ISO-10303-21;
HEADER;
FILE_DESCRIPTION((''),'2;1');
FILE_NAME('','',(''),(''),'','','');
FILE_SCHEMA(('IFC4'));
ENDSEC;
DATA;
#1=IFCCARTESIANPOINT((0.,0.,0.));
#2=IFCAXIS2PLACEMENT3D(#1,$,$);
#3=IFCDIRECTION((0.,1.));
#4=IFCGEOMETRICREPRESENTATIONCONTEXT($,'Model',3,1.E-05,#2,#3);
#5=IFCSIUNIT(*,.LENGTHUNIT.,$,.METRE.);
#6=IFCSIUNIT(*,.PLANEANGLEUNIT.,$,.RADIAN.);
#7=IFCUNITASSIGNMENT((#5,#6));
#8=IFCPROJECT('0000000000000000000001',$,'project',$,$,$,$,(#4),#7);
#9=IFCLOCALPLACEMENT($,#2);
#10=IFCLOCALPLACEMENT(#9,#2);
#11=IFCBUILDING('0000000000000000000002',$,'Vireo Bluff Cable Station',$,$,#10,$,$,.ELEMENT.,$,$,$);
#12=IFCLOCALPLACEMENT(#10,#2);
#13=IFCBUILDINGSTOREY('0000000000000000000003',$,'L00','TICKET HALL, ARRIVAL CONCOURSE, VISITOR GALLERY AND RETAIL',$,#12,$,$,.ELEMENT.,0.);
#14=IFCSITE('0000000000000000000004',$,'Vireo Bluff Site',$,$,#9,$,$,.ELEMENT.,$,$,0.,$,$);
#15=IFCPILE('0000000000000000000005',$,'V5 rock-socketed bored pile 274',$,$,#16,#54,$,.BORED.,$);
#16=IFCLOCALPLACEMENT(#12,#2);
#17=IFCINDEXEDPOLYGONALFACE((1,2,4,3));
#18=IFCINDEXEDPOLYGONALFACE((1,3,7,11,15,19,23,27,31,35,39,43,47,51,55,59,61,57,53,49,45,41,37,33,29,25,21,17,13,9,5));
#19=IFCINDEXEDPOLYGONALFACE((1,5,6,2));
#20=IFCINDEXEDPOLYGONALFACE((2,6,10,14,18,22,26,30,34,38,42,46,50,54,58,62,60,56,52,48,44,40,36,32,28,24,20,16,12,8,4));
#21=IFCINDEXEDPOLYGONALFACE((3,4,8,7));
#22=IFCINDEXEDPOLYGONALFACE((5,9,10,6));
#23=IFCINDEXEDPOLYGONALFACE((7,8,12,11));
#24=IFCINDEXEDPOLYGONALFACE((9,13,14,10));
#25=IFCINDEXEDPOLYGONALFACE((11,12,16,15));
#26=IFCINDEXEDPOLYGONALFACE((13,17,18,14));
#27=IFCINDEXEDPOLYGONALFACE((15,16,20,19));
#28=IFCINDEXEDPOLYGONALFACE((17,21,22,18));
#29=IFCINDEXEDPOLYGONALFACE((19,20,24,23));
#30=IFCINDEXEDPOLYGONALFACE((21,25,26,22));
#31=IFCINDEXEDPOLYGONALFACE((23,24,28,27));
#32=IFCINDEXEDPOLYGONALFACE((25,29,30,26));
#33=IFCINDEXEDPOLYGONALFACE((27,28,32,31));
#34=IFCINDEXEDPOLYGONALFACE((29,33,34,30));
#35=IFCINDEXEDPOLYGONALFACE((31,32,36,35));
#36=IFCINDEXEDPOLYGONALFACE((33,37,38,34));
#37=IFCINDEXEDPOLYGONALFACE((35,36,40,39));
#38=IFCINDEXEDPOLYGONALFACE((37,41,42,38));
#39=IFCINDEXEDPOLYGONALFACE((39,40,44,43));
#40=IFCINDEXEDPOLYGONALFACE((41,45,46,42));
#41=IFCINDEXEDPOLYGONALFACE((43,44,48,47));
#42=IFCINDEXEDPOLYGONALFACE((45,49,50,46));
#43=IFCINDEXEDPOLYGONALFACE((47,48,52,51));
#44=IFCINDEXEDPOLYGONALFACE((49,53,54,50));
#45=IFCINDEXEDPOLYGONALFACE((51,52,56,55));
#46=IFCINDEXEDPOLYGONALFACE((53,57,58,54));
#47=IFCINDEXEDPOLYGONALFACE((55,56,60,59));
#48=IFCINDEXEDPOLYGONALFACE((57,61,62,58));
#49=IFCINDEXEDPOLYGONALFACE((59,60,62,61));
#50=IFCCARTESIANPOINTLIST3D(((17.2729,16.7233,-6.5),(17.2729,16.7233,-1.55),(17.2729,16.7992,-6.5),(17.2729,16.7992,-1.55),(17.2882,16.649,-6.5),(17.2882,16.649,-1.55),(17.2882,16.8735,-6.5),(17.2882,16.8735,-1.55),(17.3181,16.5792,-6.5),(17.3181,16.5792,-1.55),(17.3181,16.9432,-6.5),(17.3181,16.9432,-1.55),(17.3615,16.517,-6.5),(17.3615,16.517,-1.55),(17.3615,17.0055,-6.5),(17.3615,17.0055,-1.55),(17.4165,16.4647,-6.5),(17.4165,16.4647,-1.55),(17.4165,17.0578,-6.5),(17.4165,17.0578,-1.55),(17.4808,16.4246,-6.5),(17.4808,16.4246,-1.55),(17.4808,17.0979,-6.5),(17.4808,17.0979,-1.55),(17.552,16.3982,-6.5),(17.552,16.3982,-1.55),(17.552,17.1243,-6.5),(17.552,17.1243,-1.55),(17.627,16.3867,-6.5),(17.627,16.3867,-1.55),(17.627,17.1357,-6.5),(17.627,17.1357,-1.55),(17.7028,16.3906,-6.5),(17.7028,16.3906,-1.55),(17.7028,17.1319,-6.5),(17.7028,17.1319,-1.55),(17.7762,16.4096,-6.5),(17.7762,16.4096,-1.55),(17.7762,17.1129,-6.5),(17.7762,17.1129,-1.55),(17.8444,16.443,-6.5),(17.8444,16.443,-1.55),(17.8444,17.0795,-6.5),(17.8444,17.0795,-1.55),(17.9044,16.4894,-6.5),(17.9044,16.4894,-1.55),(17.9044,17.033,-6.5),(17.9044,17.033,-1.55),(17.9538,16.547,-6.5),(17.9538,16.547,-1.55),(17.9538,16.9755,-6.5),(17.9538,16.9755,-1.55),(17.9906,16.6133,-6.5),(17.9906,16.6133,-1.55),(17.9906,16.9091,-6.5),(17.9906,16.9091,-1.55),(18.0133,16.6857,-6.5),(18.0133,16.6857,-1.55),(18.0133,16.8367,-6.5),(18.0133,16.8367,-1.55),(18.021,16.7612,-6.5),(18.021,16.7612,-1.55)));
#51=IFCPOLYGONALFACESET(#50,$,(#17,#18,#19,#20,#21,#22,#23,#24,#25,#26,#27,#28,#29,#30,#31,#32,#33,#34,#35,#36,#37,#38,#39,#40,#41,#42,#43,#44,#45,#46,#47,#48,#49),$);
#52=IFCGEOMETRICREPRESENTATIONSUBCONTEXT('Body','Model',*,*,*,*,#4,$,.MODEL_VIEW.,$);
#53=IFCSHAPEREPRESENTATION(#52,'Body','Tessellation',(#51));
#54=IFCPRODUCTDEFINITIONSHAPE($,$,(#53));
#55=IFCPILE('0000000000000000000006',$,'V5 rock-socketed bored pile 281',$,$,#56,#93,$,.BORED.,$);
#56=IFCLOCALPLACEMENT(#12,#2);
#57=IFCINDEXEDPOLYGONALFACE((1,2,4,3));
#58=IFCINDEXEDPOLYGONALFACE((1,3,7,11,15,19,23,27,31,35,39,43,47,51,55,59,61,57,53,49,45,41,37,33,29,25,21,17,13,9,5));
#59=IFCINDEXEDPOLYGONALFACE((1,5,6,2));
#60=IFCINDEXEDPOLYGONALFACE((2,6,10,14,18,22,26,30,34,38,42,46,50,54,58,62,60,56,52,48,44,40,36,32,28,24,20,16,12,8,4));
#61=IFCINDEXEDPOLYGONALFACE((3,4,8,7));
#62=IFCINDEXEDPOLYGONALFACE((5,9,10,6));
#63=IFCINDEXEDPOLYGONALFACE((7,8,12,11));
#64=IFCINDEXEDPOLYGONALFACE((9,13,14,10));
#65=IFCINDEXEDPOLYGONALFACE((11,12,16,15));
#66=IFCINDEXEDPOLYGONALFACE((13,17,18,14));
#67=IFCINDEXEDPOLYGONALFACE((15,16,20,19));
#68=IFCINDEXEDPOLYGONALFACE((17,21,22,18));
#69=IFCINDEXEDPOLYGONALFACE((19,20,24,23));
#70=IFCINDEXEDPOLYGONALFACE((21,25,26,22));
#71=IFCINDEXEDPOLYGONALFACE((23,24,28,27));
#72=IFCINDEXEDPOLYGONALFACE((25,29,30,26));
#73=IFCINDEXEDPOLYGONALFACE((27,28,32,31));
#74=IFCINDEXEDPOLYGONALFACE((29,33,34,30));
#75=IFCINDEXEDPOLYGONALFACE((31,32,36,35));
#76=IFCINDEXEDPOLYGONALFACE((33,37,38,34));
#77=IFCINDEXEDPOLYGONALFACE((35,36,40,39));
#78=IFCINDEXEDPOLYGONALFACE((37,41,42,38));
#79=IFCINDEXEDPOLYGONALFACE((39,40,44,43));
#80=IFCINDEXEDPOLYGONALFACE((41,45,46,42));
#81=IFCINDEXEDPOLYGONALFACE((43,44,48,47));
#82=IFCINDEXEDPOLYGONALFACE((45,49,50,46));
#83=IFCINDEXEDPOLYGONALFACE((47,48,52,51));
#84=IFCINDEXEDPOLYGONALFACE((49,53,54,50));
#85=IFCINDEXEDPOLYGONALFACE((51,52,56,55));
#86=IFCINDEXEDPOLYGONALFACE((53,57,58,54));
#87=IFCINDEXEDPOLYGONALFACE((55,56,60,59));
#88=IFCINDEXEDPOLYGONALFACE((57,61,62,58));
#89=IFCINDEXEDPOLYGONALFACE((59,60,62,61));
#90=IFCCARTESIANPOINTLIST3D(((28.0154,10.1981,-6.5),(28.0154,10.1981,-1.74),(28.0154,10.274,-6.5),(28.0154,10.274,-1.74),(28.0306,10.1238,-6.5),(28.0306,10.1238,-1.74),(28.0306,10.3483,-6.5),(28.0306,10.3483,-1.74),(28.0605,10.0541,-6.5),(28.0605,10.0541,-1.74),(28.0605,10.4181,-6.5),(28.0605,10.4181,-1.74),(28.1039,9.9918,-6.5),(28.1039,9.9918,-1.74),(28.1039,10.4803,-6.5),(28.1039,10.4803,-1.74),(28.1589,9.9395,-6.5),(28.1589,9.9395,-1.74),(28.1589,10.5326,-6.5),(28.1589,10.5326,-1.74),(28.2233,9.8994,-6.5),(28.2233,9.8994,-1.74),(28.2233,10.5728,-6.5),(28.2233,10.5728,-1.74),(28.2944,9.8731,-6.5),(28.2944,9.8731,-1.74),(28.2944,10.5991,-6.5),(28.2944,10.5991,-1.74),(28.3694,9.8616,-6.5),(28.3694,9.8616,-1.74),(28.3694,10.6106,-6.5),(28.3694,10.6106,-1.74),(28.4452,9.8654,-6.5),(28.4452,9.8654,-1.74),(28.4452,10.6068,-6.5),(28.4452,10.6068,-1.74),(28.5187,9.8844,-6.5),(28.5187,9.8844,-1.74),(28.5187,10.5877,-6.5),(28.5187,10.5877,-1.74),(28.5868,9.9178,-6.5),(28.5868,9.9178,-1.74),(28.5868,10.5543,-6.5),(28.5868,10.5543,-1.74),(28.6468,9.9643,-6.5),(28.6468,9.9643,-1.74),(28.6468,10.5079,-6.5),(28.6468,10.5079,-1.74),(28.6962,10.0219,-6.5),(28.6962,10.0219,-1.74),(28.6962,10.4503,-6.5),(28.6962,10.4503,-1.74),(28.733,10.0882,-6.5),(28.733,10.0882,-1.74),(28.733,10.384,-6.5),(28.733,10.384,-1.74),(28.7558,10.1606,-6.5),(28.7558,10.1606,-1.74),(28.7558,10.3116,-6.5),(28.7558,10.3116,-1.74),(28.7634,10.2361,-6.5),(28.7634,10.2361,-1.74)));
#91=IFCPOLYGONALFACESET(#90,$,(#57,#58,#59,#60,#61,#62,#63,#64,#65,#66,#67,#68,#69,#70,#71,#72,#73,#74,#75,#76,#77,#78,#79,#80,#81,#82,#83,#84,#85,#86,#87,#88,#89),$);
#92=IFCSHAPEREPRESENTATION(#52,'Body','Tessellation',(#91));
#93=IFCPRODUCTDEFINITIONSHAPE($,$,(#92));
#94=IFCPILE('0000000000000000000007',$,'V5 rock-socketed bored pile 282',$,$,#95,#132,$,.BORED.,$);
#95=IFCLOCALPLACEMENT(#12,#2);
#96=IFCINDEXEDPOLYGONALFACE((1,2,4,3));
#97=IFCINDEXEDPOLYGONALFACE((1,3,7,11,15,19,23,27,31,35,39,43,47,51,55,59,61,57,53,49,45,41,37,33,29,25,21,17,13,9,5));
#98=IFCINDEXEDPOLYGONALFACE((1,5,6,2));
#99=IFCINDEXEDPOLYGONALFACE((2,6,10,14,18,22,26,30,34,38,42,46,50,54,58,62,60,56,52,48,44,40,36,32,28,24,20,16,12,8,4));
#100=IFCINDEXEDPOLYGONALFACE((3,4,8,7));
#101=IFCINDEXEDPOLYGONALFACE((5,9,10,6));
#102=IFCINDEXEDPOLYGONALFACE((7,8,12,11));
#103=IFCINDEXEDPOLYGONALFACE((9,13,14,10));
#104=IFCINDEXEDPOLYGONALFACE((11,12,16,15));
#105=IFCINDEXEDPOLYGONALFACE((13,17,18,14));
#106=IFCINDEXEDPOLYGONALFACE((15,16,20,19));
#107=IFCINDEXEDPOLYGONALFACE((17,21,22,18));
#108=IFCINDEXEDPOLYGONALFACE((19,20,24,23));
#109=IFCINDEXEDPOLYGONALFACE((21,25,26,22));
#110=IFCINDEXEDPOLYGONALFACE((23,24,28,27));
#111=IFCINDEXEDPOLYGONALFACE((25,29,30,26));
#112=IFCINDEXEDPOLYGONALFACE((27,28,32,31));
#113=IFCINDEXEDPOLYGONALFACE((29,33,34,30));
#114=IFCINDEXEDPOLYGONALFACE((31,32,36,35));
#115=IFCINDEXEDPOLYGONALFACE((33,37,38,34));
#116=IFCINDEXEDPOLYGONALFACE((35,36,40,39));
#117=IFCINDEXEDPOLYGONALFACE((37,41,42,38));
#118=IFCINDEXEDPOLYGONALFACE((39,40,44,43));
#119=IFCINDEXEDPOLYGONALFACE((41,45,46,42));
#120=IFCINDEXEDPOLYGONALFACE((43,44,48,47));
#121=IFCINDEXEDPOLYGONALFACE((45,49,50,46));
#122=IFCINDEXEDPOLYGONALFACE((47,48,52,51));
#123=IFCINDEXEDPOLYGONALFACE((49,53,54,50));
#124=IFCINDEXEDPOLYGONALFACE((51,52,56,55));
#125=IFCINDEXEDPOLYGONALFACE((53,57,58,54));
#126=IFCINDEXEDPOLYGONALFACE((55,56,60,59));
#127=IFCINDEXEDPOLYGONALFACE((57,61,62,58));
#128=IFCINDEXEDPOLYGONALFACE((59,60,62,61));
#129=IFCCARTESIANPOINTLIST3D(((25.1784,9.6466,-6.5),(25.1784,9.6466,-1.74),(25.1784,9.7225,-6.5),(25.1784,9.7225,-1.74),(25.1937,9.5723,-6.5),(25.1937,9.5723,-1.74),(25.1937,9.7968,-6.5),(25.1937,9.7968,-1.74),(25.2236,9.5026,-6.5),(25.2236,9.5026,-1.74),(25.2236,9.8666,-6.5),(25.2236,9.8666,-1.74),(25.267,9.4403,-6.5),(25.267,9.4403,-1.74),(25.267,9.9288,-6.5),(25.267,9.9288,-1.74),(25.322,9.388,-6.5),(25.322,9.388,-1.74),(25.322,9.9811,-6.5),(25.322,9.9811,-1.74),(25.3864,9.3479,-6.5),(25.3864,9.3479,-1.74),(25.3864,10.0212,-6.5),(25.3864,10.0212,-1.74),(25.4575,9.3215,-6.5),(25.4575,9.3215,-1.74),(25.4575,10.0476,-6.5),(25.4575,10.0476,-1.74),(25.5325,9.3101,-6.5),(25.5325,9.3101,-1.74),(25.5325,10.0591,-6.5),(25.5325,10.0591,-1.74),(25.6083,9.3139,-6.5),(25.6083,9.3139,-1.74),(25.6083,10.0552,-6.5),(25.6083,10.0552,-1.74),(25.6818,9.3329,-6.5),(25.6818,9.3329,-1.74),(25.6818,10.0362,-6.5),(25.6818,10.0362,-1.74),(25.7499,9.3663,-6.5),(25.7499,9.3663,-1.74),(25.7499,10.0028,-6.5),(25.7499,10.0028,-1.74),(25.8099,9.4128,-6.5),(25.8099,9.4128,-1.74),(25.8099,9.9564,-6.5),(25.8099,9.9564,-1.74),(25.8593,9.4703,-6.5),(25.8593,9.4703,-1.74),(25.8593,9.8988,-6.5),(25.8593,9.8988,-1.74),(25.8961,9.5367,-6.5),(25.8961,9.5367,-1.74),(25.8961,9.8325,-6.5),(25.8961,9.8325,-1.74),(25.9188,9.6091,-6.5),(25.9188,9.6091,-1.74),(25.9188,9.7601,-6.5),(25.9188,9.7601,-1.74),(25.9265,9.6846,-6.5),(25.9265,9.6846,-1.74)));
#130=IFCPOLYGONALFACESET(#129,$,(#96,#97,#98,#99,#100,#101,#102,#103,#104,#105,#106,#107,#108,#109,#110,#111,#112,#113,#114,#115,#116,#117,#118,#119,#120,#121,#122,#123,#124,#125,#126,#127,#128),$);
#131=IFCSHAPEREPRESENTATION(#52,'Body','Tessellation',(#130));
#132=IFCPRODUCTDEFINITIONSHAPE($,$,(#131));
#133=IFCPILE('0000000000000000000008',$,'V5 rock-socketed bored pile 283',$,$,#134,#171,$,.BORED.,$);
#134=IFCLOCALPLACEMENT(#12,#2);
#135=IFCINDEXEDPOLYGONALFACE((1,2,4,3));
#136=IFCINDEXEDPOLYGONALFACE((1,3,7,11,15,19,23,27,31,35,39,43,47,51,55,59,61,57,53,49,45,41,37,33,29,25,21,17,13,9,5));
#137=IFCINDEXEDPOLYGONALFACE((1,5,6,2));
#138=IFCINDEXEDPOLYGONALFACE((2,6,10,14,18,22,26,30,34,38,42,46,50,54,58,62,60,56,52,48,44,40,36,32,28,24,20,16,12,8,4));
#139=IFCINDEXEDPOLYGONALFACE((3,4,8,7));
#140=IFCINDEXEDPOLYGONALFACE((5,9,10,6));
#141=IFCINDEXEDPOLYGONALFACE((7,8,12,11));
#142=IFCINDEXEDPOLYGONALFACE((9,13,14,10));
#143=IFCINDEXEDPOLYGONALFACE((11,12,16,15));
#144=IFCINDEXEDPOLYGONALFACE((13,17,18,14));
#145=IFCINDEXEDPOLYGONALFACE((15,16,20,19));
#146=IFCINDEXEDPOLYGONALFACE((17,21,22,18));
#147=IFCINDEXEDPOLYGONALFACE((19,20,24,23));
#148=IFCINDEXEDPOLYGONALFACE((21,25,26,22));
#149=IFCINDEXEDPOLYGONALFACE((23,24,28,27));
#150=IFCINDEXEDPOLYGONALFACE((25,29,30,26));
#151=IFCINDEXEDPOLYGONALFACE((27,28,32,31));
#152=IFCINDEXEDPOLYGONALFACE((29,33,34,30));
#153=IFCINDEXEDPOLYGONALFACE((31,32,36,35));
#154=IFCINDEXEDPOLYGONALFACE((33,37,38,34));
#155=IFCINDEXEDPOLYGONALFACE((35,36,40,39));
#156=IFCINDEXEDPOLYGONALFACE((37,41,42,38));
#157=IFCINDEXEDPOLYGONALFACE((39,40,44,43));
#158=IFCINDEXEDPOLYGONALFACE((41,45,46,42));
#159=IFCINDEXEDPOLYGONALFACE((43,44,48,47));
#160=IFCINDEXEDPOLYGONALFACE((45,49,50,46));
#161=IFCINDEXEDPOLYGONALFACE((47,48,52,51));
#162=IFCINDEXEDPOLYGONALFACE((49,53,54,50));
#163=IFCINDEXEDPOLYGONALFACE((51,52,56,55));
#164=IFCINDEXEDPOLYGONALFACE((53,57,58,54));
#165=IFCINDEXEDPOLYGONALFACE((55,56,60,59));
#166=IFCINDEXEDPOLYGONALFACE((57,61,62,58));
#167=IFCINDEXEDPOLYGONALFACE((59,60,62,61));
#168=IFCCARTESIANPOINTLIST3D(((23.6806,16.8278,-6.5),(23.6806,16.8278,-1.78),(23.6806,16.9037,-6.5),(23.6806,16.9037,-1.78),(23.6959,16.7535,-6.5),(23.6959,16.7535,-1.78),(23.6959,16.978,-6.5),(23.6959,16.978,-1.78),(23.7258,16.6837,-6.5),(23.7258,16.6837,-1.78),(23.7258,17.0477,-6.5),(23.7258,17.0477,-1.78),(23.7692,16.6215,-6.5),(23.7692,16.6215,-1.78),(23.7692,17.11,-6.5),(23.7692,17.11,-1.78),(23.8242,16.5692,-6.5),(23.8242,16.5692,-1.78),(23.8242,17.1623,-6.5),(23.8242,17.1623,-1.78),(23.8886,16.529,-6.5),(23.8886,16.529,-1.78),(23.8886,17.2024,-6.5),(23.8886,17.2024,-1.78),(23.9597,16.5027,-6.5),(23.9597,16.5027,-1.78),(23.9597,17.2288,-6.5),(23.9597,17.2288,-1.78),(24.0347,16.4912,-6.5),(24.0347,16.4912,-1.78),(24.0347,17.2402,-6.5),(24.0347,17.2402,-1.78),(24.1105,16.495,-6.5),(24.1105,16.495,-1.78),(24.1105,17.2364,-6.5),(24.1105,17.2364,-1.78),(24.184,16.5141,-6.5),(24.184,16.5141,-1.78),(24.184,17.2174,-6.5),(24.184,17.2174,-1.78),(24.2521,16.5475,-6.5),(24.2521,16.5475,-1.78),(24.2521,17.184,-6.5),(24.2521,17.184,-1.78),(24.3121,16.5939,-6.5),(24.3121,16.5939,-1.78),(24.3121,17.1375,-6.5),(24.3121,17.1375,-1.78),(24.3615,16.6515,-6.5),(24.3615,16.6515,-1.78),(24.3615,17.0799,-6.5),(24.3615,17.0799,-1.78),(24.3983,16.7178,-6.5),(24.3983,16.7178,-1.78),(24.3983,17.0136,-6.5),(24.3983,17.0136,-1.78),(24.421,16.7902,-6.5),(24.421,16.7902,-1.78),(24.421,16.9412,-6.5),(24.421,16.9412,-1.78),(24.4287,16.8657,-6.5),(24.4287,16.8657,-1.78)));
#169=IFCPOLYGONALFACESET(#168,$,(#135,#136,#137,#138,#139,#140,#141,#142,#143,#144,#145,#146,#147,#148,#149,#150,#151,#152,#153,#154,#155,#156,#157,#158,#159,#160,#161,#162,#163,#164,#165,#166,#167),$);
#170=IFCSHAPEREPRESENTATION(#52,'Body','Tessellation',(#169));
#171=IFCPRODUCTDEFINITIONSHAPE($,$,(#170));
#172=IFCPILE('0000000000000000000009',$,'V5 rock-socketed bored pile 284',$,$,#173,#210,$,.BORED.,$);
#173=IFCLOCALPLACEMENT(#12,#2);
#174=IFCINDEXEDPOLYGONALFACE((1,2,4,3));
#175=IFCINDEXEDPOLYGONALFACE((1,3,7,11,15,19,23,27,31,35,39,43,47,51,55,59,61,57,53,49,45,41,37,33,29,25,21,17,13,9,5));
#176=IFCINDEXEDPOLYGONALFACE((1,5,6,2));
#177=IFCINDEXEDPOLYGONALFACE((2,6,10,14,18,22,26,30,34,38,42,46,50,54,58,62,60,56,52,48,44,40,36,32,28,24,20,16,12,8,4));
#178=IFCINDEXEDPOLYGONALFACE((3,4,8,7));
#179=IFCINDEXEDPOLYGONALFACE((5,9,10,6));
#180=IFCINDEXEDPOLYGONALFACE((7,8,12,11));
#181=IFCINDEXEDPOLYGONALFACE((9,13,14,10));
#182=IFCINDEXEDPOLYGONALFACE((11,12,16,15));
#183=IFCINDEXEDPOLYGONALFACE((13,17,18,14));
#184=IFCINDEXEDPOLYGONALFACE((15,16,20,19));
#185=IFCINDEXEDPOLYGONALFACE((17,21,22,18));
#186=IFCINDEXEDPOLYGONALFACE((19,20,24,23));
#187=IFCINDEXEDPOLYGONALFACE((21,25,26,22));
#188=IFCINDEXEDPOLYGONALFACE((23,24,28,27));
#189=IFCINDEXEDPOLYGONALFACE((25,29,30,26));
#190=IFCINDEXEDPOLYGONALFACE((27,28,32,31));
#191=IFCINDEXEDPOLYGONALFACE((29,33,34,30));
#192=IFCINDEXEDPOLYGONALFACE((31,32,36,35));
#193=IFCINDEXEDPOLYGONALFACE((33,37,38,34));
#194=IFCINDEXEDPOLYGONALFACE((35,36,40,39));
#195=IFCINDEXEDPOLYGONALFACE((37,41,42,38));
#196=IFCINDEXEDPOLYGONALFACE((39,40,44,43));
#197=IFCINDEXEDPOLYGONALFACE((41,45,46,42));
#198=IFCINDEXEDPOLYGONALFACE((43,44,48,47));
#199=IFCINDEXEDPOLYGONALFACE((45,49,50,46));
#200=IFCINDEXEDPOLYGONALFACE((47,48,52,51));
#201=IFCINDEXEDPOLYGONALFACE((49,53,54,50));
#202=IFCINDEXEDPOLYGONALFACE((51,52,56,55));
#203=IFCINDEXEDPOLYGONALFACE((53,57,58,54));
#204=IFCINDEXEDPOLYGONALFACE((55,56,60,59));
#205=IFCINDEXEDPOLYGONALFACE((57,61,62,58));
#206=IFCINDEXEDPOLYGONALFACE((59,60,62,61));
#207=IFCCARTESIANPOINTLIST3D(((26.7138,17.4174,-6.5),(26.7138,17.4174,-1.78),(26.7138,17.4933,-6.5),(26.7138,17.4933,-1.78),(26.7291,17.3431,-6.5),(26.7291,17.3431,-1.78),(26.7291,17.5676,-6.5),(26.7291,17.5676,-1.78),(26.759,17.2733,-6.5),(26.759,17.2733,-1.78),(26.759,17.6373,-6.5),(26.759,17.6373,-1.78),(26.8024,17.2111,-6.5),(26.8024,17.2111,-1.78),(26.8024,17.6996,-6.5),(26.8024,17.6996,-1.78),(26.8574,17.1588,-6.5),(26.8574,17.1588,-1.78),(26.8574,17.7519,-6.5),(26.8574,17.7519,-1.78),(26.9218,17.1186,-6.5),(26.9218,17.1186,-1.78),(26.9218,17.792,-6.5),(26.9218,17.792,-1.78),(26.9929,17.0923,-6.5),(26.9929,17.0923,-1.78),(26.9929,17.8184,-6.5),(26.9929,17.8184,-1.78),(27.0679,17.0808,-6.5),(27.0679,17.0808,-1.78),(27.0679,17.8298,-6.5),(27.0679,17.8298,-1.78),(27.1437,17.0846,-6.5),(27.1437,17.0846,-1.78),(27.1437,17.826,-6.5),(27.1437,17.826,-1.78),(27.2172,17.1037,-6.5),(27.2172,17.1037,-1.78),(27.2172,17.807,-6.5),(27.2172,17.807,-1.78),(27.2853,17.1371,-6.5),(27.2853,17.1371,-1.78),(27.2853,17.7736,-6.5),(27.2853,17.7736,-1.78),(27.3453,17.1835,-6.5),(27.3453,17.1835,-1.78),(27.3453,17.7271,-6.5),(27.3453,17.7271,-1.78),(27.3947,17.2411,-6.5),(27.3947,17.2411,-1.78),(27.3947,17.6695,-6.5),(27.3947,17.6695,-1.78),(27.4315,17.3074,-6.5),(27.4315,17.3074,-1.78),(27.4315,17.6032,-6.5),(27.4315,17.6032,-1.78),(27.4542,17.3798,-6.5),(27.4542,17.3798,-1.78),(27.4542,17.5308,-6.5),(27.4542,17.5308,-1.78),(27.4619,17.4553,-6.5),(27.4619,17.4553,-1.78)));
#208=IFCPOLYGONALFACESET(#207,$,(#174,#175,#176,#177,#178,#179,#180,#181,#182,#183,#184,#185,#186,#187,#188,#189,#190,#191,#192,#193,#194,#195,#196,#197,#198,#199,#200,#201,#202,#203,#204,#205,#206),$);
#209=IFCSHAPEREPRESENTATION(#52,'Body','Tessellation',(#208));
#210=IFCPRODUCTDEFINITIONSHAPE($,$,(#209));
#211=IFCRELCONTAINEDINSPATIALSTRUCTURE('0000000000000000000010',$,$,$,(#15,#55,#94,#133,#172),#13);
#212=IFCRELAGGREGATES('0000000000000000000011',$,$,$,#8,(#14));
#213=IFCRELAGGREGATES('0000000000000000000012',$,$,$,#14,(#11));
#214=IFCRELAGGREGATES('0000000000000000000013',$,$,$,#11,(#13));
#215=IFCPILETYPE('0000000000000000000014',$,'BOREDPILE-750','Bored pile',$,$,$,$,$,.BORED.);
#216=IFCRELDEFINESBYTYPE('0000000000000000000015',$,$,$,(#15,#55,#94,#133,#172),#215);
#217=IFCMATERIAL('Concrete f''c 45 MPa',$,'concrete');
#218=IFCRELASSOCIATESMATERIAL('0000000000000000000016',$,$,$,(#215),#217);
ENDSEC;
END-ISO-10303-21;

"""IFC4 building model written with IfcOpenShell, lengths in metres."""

from ifc_helpers import new_model, si_unit, direction, frame, origin, origin_2d, place, context, subcontext, project, spatial, circle, extrude, material, material_profile, profile_set, type_object, element, save


model = new_model("IFC4")

# Units and contexts
model_context = context("Model", 3, precision=1e-05, world=origin(), true_north=direction((0.0, 1.0)))
body_context = subcontext(model_context, "Body", "Model", "MODEL_VIEW")
ifc_project = project(units=[si_unit("LENGTHUNIT", "METRE"), si_unit("PLANEANGLEUNIT", "RADIAN")], contexts=[model_context])

# Site, building, storey
site_placement = place(None, origin())
site = spatial("IfcSite", under=ifc_project, at=site_placement, Name="Vireo Bluff Site", CompositionType="ELEMENT", RefElevation=0.0)
building_placement = place(site_placement, origin())
building = spatial("IfcBuilding", under=site, at=building_placement, Name="Vireo Bluff Cable Station", CompositionType="ELEMENT")
storey_placement = place(building_placement, origin())
storey = spatial("IfcBuildingStorey", under=building, at=storey_placement, Name="L00", Description="TICKET HALL, ARRIVAL CONCOURSE, VISITOR GALLERY AND RETAIL", CompositionType="ELEMENT", Elevation=0.0)

# Piles
ifc_material_1 = material(Name="Concrete f'c 45 MPa", Category="concrete")
ifc_material_profile_1 = material_profile(ifc_material_1, circle(Radius=0.375, at=origin_2d()), Name="BOREDPILE-750")
ifc_profile_set_1 = profile_set([ifc_material_profile_1], Name="Concrete f'c 45 MPa")
pile_type = type_object("IfcPileType", Name="BOREDPILE-750", Description="Bored pile", PredefinedType="BORED", material=ifc_profile_set_1)
pile_placement = place(storey_placement, frame((17.646, 16.7612, -1.55), z_axis=(0.0, 0.0, -1.0), x_axis=(1.0, 0.0, 0.0)))
element("IfcPile", 1, at=pile_placement, inside=storey, type_object=pile_type, Name="V5 rock-socketed bored pile 274", PredefinedType="BORED", context=body_context, shape_type="SweptSolid", body=[
    extrude(circle(Radius=0.375, at=origin_2d()), origin(), (0.0, 0.0, 1.0), 4.95),
])
for number, where, z_axis, x_axis, name in (
    (2, (28.3884, 10.2361, -1.74), (0.0, 0.0, -1.0), (1.0, 0.0, 0.0), "V5 rock-socketed bored pile 281"),
    (3, (25.5515, 9.6846, -1.74), (0.0, 0.0, -1.0), (1.0, 0.0, 0.0), "V5 rock-socketed bored pile 282"),
):
    element("IfcPile", number, at=place(storey_placement, frame(where, z_axis=z_axis, x_axis=x_axis)), inside=storey, type_object=pile_type, Name=name, PredefinedType="BORED", context=body_context, shape_type="SweptSolid", body=[
        extrude(circle(Radius=0.375, at=origin_2d()), origin(), (0.0, 0.0, 1.0), 4.76),
    ])
for number, where, z_axis, x_axis, name in (
    (4, (24.0537, 16.8657, -1.78), (0.0, 0.0, -1.0), (1.0, 0.0, 0.0), "V5 rock-socketed bored pile 283"),
    (5, (27.0869, 17.4553, -1.78), (0.0, 0.0, -1.0), (1.0, 0.0, 0.0), "V5 rock-socketed bored pile 284"),
):
    element("IfcPile", number, at=place(storey_placement, frame(where, z_axis=z_axis, x_axis=x_axis)), inside=storey, type_object=pile_type, Name=name, PredefinedType="BORED", context=body_context, shape_type="SweptSolid", body=[
        extrude(circle(Radius=0.375, at=origin_2d()), origin(), (0.0, 0.0, 1.0), 4.72),
    ])

save(model, "model.ifc")
